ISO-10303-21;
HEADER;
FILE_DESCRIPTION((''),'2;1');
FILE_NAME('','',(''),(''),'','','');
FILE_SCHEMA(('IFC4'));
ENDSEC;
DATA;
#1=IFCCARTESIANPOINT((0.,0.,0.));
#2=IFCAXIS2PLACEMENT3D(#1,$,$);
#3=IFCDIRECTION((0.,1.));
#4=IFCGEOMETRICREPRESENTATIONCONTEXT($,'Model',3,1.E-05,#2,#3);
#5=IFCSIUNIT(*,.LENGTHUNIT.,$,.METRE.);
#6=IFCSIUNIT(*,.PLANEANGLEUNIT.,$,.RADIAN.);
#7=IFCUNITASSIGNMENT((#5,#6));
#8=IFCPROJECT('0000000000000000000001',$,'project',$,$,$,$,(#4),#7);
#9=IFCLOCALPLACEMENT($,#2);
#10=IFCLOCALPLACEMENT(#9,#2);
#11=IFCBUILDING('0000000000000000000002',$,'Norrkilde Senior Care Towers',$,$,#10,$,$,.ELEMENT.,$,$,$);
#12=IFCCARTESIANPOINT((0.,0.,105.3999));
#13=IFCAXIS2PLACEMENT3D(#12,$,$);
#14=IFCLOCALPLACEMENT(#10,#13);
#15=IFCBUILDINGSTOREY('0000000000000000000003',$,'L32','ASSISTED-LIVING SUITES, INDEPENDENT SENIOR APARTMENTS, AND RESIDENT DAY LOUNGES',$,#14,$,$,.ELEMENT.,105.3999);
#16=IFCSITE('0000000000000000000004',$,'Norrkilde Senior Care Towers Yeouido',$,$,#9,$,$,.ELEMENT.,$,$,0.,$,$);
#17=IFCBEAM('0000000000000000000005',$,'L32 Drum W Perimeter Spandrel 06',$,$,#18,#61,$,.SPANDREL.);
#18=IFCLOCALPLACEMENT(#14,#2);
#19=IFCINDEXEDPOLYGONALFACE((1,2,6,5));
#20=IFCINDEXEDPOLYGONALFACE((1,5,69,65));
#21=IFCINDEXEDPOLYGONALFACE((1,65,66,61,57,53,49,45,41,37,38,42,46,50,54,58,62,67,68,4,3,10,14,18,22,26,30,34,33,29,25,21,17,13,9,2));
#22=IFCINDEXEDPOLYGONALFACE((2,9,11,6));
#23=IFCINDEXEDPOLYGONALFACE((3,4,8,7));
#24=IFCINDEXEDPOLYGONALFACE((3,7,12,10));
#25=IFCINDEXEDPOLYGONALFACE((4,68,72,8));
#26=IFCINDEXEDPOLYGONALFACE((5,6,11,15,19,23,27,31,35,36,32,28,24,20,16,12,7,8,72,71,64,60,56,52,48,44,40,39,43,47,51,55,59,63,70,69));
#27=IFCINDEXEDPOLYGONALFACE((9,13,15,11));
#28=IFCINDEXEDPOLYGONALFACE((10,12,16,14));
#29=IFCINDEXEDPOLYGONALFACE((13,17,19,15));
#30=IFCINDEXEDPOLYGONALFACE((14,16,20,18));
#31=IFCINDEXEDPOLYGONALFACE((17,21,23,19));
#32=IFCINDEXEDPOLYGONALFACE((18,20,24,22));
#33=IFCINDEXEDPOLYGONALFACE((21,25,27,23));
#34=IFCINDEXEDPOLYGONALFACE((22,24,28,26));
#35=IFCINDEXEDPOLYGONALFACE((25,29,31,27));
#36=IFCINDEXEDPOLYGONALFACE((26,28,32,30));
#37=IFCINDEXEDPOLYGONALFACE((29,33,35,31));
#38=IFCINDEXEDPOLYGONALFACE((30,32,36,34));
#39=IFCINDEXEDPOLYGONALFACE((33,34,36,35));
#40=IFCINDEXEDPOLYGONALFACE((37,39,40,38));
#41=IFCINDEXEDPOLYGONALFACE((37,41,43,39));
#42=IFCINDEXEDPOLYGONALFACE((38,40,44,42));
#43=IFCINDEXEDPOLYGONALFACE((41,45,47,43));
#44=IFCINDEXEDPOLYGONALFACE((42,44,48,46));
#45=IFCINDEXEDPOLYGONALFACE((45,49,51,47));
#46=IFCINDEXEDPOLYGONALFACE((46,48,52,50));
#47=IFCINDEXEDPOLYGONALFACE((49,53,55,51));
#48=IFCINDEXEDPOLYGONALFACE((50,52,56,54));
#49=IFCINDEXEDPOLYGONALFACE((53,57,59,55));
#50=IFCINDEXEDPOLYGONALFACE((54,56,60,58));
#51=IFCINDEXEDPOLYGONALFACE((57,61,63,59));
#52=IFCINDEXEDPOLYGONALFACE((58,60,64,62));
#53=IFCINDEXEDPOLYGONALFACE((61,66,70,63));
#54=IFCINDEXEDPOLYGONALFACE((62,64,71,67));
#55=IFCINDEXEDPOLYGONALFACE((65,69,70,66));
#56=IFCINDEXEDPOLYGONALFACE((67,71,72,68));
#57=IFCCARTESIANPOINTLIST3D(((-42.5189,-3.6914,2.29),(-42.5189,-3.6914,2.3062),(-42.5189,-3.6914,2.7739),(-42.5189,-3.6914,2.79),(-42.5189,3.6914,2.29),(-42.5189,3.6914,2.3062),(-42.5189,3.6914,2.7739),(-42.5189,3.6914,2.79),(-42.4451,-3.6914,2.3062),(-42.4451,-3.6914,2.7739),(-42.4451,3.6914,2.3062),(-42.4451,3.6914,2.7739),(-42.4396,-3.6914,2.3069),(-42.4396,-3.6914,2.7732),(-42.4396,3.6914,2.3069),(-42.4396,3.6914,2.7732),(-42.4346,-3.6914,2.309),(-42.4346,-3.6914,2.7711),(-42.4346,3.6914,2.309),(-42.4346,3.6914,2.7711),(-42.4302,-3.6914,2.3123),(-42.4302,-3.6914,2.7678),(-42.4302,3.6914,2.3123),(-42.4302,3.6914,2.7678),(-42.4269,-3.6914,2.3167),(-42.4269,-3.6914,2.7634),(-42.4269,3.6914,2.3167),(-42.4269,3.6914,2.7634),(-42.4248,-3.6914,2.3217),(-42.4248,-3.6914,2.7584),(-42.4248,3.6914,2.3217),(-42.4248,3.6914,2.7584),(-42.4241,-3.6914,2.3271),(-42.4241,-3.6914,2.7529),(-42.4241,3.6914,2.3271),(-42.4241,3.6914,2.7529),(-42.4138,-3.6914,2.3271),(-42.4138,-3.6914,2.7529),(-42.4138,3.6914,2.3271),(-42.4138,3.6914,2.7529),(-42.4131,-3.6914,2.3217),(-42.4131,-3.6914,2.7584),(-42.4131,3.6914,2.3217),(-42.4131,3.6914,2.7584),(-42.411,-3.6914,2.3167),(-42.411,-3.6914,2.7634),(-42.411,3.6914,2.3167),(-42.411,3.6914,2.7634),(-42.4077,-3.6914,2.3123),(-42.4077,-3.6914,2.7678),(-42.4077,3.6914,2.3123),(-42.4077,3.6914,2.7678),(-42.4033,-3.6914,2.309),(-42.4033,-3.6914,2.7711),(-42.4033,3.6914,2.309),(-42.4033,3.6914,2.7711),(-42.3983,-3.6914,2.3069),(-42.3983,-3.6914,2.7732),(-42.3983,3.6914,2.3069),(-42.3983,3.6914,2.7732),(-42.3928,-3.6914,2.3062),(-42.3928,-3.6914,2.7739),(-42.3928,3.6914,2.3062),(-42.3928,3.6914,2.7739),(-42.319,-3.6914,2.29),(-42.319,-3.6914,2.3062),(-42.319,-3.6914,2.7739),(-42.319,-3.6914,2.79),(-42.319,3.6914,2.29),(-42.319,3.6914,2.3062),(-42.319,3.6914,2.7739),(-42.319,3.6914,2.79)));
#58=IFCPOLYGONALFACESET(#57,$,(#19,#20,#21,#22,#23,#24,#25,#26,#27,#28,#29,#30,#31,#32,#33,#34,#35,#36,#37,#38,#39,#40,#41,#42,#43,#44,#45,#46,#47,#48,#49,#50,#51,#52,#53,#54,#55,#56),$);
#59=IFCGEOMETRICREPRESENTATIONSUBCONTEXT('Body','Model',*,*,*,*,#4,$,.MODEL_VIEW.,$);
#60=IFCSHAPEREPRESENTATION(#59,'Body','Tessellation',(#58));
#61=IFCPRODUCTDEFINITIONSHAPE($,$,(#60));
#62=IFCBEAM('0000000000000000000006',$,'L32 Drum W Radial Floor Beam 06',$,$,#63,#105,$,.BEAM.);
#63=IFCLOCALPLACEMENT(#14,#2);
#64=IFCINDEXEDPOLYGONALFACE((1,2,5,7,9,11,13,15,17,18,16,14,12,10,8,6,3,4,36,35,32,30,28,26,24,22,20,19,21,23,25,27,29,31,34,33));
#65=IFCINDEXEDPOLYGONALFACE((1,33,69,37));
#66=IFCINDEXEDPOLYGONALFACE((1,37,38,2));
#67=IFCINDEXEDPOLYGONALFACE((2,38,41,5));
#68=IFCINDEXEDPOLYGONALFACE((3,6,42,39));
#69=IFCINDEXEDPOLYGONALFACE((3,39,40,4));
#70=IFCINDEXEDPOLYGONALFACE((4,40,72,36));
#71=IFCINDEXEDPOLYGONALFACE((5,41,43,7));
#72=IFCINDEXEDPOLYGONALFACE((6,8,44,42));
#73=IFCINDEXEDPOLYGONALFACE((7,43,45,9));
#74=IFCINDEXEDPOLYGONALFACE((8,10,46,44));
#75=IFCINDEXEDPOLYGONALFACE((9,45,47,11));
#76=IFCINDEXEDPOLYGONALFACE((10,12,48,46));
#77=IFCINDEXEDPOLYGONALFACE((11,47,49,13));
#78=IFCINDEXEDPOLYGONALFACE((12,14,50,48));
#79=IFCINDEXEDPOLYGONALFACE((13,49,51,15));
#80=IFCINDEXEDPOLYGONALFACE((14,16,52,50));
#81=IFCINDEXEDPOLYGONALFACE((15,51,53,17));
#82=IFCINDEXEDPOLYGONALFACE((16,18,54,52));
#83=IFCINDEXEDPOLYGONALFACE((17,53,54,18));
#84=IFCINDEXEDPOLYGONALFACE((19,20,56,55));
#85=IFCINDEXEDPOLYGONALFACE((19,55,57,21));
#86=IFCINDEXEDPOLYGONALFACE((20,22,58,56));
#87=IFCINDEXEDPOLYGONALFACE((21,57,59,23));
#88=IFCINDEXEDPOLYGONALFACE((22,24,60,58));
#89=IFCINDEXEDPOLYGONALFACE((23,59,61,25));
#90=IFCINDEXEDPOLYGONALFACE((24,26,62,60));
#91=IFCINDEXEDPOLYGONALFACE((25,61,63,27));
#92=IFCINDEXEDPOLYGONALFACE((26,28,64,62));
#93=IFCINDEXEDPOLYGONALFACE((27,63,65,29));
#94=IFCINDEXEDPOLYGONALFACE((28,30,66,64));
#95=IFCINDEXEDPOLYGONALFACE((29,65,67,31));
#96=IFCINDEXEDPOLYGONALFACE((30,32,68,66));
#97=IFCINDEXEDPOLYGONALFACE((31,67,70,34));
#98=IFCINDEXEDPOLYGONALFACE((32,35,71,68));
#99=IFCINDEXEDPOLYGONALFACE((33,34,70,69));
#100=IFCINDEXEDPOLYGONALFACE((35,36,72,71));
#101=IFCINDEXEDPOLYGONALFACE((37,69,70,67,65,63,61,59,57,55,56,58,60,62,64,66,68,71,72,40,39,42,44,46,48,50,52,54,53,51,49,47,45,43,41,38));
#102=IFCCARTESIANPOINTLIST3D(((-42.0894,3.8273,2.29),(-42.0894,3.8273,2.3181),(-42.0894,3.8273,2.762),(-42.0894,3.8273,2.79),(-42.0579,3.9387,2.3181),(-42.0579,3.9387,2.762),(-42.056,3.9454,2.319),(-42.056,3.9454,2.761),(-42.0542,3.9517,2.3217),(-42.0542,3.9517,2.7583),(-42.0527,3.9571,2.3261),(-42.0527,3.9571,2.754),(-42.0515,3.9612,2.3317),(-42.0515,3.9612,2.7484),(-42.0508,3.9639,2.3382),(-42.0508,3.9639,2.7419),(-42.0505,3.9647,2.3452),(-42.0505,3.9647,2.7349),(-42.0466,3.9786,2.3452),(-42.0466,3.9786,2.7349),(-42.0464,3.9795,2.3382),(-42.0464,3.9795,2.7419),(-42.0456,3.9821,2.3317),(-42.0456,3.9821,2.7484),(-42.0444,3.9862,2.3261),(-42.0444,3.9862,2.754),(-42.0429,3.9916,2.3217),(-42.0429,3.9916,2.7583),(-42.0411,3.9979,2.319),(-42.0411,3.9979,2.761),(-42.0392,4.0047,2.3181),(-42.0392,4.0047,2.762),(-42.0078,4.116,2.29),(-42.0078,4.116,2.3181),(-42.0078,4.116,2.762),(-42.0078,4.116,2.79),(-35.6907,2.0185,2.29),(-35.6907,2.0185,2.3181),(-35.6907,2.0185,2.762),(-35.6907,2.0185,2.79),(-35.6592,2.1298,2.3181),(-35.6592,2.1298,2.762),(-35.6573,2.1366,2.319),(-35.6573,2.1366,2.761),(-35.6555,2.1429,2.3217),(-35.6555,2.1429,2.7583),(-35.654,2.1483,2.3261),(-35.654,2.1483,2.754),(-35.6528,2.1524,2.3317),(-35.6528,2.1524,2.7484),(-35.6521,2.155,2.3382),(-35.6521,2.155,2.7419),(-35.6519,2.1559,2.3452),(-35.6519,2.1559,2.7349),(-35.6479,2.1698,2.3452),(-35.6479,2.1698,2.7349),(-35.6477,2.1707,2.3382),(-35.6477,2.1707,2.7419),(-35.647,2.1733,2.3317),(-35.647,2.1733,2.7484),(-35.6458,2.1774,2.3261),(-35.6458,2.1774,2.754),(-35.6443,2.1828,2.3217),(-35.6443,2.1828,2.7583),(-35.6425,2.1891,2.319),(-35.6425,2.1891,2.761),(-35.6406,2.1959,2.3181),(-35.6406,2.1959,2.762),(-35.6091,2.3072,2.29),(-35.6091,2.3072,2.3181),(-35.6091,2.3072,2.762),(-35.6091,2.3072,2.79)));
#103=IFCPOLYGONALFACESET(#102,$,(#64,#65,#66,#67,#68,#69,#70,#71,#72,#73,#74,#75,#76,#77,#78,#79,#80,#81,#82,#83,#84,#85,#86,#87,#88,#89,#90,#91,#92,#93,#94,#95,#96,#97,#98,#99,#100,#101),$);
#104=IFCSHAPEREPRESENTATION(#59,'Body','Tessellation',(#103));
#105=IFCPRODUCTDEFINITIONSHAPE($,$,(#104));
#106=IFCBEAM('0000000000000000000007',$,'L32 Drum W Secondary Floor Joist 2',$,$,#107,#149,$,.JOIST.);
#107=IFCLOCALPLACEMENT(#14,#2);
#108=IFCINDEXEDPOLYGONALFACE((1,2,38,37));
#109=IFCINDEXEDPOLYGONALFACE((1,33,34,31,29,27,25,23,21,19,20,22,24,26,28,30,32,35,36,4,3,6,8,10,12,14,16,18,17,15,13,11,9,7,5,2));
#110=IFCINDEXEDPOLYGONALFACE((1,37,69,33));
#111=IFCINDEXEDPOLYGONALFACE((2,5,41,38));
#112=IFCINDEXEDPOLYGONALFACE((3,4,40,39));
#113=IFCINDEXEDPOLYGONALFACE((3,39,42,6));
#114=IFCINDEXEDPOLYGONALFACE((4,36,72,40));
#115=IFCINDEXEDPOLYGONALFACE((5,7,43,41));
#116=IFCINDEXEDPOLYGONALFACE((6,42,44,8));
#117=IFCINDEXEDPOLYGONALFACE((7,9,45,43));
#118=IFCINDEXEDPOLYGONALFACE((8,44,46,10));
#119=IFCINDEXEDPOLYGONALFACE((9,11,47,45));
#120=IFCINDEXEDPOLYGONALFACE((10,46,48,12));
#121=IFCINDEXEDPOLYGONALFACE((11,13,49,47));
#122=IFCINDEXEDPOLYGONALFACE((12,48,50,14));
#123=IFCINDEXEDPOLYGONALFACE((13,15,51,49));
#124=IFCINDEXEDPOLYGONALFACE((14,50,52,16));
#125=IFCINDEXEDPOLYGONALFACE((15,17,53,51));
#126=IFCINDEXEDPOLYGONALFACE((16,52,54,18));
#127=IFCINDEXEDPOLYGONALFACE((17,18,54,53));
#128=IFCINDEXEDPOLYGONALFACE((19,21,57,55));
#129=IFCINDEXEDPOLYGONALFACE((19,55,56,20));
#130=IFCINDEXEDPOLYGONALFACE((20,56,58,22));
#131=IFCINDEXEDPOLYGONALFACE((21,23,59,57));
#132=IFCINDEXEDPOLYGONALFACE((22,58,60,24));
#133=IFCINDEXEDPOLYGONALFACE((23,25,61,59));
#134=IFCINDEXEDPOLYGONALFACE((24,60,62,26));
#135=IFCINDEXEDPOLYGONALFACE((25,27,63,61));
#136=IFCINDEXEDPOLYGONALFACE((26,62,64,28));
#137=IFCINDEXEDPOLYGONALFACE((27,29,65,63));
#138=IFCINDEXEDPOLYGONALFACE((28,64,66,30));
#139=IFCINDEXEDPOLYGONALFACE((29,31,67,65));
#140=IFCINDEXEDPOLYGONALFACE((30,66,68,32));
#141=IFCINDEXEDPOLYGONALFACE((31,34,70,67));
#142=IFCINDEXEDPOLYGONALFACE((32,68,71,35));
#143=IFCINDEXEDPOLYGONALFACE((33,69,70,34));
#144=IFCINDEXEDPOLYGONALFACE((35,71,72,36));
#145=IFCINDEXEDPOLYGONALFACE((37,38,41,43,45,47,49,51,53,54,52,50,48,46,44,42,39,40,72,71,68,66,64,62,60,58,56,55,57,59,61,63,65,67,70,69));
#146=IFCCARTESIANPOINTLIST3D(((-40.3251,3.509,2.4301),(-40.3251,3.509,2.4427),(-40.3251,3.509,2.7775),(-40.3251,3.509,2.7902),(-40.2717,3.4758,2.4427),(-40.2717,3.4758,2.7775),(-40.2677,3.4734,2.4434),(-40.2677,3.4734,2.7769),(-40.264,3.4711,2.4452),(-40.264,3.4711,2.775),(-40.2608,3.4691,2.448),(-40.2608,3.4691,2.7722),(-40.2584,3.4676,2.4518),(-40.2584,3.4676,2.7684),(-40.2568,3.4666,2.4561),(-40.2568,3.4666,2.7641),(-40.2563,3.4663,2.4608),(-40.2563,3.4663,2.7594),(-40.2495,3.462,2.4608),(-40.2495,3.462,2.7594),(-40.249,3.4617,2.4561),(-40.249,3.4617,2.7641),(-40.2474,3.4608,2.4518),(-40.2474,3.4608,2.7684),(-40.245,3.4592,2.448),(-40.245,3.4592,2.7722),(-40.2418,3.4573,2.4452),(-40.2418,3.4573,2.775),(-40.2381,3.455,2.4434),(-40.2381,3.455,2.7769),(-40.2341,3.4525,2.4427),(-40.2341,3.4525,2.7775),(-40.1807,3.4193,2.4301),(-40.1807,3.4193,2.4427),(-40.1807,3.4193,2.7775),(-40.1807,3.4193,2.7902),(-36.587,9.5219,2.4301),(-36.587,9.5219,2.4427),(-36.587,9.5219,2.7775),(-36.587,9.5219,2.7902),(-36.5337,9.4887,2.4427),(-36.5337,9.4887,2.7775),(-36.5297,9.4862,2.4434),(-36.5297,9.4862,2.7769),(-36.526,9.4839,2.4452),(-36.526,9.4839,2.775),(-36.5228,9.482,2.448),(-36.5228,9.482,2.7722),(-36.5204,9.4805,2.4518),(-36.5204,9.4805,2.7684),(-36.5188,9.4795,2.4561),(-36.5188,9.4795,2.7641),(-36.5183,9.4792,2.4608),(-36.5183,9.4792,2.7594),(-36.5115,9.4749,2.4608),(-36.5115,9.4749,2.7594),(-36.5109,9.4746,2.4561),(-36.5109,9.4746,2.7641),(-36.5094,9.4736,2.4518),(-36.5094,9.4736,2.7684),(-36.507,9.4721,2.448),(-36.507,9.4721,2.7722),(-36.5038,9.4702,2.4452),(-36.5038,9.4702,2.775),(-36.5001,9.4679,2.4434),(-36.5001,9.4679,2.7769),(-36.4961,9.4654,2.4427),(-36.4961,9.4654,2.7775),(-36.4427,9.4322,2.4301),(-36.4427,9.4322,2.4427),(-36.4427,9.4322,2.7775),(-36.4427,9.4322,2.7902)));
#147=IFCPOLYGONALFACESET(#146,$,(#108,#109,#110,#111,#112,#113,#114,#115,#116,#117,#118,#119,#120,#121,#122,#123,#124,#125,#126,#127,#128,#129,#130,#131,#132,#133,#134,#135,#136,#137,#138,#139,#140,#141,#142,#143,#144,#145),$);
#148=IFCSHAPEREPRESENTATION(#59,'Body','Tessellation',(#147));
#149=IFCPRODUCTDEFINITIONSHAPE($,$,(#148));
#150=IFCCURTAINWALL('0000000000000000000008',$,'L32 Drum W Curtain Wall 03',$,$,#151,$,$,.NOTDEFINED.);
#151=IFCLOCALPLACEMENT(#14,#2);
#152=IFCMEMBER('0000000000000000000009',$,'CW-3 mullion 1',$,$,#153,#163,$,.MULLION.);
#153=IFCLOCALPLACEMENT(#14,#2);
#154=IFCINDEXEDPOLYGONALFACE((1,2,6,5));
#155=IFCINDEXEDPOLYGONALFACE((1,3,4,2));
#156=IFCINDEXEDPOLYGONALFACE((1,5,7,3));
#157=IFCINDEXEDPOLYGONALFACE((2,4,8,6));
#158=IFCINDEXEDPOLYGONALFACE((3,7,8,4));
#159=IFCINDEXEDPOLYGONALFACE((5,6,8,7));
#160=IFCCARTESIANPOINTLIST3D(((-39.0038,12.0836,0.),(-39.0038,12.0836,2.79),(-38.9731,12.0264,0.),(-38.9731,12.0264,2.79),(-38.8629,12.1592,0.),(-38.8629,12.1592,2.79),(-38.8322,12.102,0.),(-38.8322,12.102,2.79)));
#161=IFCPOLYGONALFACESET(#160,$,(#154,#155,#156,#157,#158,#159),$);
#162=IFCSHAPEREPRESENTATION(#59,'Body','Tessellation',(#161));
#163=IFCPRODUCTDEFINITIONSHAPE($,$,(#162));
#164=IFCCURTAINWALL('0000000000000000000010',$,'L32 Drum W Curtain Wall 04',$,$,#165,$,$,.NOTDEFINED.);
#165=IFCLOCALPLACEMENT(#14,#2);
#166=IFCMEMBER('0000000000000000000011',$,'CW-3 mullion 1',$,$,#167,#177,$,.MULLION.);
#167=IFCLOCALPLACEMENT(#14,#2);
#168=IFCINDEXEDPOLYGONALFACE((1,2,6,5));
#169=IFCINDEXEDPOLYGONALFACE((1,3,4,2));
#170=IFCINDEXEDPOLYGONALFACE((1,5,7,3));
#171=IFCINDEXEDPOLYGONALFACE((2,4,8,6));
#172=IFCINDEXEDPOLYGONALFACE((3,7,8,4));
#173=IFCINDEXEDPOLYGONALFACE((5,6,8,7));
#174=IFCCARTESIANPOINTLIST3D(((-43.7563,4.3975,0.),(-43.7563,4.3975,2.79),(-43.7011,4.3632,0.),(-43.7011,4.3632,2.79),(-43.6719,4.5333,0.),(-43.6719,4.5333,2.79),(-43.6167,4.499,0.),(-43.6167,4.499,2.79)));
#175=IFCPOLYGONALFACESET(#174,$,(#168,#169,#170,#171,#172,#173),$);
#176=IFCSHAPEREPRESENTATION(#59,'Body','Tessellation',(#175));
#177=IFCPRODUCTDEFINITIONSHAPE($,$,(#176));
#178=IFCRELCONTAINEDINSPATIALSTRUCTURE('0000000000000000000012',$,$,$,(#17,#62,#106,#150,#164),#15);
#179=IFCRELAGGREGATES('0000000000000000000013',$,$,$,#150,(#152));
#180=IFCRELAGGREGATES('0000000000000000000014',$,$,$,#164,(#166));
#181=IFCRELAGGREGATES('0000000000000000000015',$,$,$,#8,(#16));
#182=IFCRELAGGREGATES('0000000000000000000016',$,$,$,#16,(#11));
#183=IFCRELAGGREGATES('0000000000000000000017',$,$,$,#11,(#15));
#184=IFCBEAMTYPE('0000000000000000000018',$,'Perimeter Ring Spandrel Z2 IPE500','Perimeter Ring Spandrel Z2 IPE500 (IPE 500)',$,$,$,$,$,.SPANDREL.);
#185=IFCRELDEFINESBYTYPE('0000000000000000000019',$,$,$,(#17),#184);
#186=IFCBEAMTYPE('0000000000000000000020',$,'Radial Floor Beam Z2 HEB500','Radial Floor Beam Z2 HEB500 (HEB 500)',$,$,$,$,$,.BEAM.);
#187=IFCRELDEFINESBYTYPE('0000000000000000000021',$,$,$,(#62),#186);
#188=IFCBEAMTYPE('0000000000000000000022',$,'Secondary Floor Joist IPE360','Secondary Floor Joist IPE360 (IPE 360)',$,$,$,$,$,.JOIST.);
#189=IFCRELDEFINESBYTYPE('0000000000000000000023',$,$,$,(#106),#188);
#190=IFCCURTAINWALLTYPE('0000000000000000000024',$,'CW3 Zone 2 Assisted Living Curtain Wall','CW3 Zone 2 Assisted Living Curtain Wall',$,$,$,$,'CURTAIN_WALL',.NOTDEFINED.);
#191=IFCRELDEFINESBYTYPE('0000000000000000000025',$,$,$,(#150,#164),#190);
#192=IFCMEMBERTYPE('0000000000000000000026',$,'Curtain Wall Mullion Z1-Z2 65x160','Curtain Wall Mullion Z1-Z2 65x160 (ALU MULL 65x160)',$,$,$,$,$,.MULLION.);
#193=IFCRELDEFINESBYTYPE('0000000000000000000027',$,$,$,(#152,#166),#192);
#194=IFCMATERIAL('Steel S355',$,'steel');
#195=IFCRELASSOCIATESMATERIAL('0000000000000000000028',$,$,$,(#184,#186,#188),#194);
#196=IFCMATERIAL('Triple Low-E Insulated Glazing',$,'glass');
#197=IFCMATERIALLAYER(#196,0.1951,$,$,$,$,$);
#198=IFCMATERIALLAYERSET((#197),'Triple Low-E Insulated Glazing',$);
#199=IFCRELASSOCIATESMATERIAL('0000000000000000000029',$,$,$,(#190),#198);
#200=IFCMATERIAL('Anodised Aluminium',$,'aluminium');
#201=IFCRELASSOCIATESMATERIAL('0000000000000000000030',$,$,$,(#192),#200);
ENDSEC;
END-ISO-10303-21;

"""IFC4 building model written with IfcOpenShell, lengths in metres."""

from ifc_helpers import new_model, si_unit, direction, frame, origin, origin_2d, place, context, subcontext, project, spatial, rectangle, i_section, extrude, source, transform, mapped, material, layer, layer_set, material_profile, profile_set, type_object, type_shapes, element, aggregate, save


model = new_model("IFC4")

# Units and contexts
model_context = context("Model", 3, precision=1e-05, world=origin(), true_north=direction((0.0, 1.0)))
body_context = subcontext(model_context, "Body", "Model", "MODEL_VIEW")
ifc_project = project(units=[si_unit("LENGTHUNIT", "METRE"), si_unit("PLANEANGLEUNIT", "RADIAN")], contexts=[model_context])

# Site, building, storey
site_placement = place(None, origin())
site = spatial("IfcSite", under=ifc_project, at=site_placement, Name="Norrkilde Senior Care Towers Yeouido", CompositionType="ELEMENT", RefElevation=0.0)
building_placement = place(site_placement, origin())
building = spatial("IfcBuilding", under=site, at=building_placement, Name="Norrkilde Senior Care Towers", CompositionType="ELEMENT")
storey_placement = place(building_placement, frame((0.0, 0.0, 105.3999)))
storey = spatial("IfcBuildingStorey", under=building, at=storey_placement, Name="L32", Description="ASSISTED-LIVING SUITES, INDEPENDENT SENIOR APARTMENTS, AND RESIDENT DAY LOUNGES", CompositionType="ELEMENT", Elevation=105.3999)

# Beams
ifc_material_1 = material(Name="Steel S355", Category="steel")
ifc_material_profile_1 = material_profile(ifc_material_1, i_section(OverallWidth=0.2, OverallDepth=0.5, WebThickness=0.0103, FlangeThickness=0.0161, FilletRadius=0.021, at=origin_2d()), Name="IPE 500")
ifc_profile_set_1 = profile_set([ifc_material_profile_1], Name="Steel S355")
beam_type_1 = type_object("IfcBeamType", Name="Perimeter Ring Spandrel Z2 IPE500", Description="Perimeter Ring Spandrel Z2 IPE500 (IPE 500)", PredefinedType="SPANDREL", material=ifc_profile_set_1)
shared_shape_1 = source(origin(), body_context, "Body", "SweptSolid", [
    extrude(i_section(OverallWidth=0.2, OverallDepth=0.5, WebThickness=0.0103, FlangeThickness=0.0161, FilletRadius=0.021, at=origin_2d()), origin(), (0.0, 0.0, 1.0), 7.3828),
])
beam_1_placement = place(storey_placement, frame((-42.4189, 3.6914, 2.54), z_axis=(0.0, -1.0, 0.0), x_axis=(1.0, 0.0, 0.0)))
element("IfcBeam", 1, at=beam_1_placement, inside=storey, type_object=beam_type_1, Name="L32 Drum W Perimeter Spandrel 06", PredefinedType="SPANDREL", context=body_context, shape_type="MappedRepresentation", body=[
    mapped(shared_shape_1, transform((0.0, 0.0, 0.0), x_axis=(1.0, 0.0, 0.0), y_axis=(0.0, 1.0, 0.0), z_axis=(0.0, 0.0, 1.0), scale=1.0)),
])
ifc_material_profile_2 = material_profile(ifc_material_1, i_section(OverallWidth=0.3, OverallDepth=0.5, WebThickness=0.0144, FlangeThickness=0.0281, FilletRadius=0.0271, at=origin_2d()), Name="HEB 500")
ifc_profile_set_2 = profile_set([ifc_material_profile_2], Name="Steel S355")
beam_type_2 = type_object("IfcBeamType", Name="Radial Floor Beam Z2 HEB500", Description="Radial Floor Beam Z2 HEB500 (HEB 500)", PredefinedType="BEAM", material=ifc_profile_set_2)
shared_shape_2 = source(origin(), body_context, "Body", "SweptSolid", [
    extrude(i_section(OverallWidth=0.3, OverallDepth=0.5, WebThickness=0.0144, FlangeThickness=0.0281, FilletRadius=0.0271, at=origin_2d()), origin(), (0.0, 0.0, 1.0), 6.6494),
])
type_shapes(beam_type_2, [shared_shape_2])
beam_2_placement = place(storey_placement, frame((-35.6499, 2.1628, 2.54), z_axis=(-0.962289, 0.272029, 0.0), x_axis=(-0.272029, -0.962289, 0.0)))
element("IfcBeam", 2, at=beam_2_placement, inside=storey, type_object=beam_type_2, Name="L32 Drum W Radial Floor Beam 06", PredefinedType="BEAM", context=body_context, shape_type="MappedRepresentation", body=[
    mapped(shared_shape_2, transform((0.0, 0.0, 0.0), x_axis=(1.0, 0.0, 0.0), y_axis=(0.0, 1.0, 0.0), z_axis=(0.0, 0.0, 1.0), scale=1.0)),
])
ifc_material_profile_3 = material_profile(ifc_material_1, i_section(OverallWidth=0.1699, OverallDepth=0.3601, WebThickness=0.0081, FlangeThickness=0.0127, FilletRadius=0.0181, at=origin_2d()), Name="IPE 360")
ifc_profile_set_3 = profile_set([ifc_material_profile_3], Name="Steel S355")
beam_type_3 = type_object("IfcBeamType", Name="Secondary Floor Joist IPE360", Description="Secondary Floor Joist IPE360 (IPE 360)", PredefinedType="JOIST", material=ifc_profile_set_3)
shared_shape_3 = source(origin(), body_context, "Body", "SweptSolid", [
    extrude(i_section(OverallWidth=0.1699, OverallDepth=0.3601, WebThickness=0.0081, FlangeThickness=0.0127, FilletRadius=0.0181, at=origin_2d()), origin(), (0.0, 0.0, 1.0), 7.0801),
])
type_shapes(beam_type_3, [shared_shape_3])
beam_3_placement = place(storey_placement, frame((-36.5149, 9.4771, 2.6101), z_axis=(-0.527961, -0.849269, 0.0), x_axis=(0.849269, -0.527961, 0.0)))
element("IfcBeam", 3, at=beam_3_placement, inside=storey, type_object=beam_type_3, Name="L32 Drum W Secondary Floor Joist 2", PredefinedType="JOIST", context=body_context, shape_type="MappedRepresentation", body=[
    mapped(shared_shape_3, transform((0.0, 0.0, 0.0), x_axis=(1.0, 0.0, 0.0), y_axis=(0.0, 1.0, 0.0), z_axis=(0.0, 0.0, 1.0), scale=1.0)),
])

# Curtain wall, member
ifc_material_2 = material(Name="Triple Low-E Insulated Glazing", Category="glass")
ifc_layer_1 = layer(ifc_material_2, 0.1951)
ifc_layer_set_1 = layer_set([ifc_layer_1], Name="Triple Low-E Insulated Glazing")
curtain_wall_type = type_object("IfcCurtainWallType", Name="CW3 Zone 2 Assisted Living Curtain Wall", Description="CW3 Zone 2 Assisted Living Curtain Wall", ElementType="CURTAIN_WALL", PredefinedType="NOTDEFINED", material=ifc_layer_set_1)
curtain_wall_1_placement = place(storey_placement, origin())
curtain_wall_1 = element("IfcCurtainWall", 4, at=curtain_wall_1_placement, inside=storey, type_object=curtain_wall_type, Name="L32 Drum W Curtain Wall 03", PredefinedType="NOTDEFINED")
ifc_material_3 = material(Name="Anodised Aluminium", Category="aluminium")
ifc_material_profile_4 = material_profile(ifc_material_3, rectangle(XDim=0.0649, YDim=0.1599, at=origin_2d()), Name="ALU MULL 65x160")
ifc_profile_set_4 = profile_set([ifc_material_profile_4], Name="Anodised Aluminium")
member_type_1 = type_object("IfcMemberType", Name="Curtain Wall Mullion Z1-Z2 65x160", Description="Curtain Wall Mullion Z1-Z2 65x160 (ALU MULL 65x160)", PredefinedType="MULLION", material=ifc_profile_set_4)
shared_shape_4 = source(origin(), body_context, "Body", "SweptSolid", [
    extrude(rectangle(XDim=0.0649, YDim=0.1599, at=origin_2d()), origin(), (0.0, 0.0, 1.0), 2.79),
])
type_shapes(member_type_1, [shared_shape_4])
member_1_placement = place(storey_placement, frame((-38.918, 12.0928, 0.0), z_axis=(0.0, 0.0, 1.0), x_axis=(-0.472769, 0.881186, 0.0)))
member_1 = element("IfcMember", 5, at=member_1_placement, type_object=member_type_1, Name="CW-3 mullion 1", PredefinedType="MULLION", context=body_context, shape_type="MappedRepresentation", body=[
    mapped(shared_shape_4, transform((0.0, 0.0, 0.0), x_axis=(1.0, 0.0, 0.0), y_axis=(0.0, 1.0, 0.0), z_axis=(0.0, 0.0, 1.0), scale=1.0)),
])

# Curtain wall, member
curtain_wall_2_placement = place(storey_placement, origin())
curtain_wall_2 = element("IfcCurtainWall", 6, at=curtain_wall_2_placement, inside=storey, type_object=curtain_wall_type, Name="L32 Drum W Curtain Wall 04", PredefinedType="NOTDEFINED")
member_2_placement = place(storey_placement, frame((-43.6865, 4.4482, 0.0), z_axis=(0.0, 0.0, 1.0), x_axis=(-0.84941, 0.527733, 0.0)))
member_2 = element("IfcMember", 7, at=member_2_placement, type_object=member_type_1, Name="CW-3 mullion 1", PredefinedType="MULLION", context=body_context, shape_type="MappedRepresentation", body=[
    mapped(shared_shape_4, transform((0.0, 0.0, 0.0), x_axis=(1.0, 0.0, 0.0), y_axis=(0.0, 1.0, 0.0), z_axis=(0.0, 0.0, 1.0), scale=1.0)),
])

aggregate(curtain_wall_1, [member_1])

aggregate(curtain_wall_2, [member_2])

save(model, "model.ifc")
